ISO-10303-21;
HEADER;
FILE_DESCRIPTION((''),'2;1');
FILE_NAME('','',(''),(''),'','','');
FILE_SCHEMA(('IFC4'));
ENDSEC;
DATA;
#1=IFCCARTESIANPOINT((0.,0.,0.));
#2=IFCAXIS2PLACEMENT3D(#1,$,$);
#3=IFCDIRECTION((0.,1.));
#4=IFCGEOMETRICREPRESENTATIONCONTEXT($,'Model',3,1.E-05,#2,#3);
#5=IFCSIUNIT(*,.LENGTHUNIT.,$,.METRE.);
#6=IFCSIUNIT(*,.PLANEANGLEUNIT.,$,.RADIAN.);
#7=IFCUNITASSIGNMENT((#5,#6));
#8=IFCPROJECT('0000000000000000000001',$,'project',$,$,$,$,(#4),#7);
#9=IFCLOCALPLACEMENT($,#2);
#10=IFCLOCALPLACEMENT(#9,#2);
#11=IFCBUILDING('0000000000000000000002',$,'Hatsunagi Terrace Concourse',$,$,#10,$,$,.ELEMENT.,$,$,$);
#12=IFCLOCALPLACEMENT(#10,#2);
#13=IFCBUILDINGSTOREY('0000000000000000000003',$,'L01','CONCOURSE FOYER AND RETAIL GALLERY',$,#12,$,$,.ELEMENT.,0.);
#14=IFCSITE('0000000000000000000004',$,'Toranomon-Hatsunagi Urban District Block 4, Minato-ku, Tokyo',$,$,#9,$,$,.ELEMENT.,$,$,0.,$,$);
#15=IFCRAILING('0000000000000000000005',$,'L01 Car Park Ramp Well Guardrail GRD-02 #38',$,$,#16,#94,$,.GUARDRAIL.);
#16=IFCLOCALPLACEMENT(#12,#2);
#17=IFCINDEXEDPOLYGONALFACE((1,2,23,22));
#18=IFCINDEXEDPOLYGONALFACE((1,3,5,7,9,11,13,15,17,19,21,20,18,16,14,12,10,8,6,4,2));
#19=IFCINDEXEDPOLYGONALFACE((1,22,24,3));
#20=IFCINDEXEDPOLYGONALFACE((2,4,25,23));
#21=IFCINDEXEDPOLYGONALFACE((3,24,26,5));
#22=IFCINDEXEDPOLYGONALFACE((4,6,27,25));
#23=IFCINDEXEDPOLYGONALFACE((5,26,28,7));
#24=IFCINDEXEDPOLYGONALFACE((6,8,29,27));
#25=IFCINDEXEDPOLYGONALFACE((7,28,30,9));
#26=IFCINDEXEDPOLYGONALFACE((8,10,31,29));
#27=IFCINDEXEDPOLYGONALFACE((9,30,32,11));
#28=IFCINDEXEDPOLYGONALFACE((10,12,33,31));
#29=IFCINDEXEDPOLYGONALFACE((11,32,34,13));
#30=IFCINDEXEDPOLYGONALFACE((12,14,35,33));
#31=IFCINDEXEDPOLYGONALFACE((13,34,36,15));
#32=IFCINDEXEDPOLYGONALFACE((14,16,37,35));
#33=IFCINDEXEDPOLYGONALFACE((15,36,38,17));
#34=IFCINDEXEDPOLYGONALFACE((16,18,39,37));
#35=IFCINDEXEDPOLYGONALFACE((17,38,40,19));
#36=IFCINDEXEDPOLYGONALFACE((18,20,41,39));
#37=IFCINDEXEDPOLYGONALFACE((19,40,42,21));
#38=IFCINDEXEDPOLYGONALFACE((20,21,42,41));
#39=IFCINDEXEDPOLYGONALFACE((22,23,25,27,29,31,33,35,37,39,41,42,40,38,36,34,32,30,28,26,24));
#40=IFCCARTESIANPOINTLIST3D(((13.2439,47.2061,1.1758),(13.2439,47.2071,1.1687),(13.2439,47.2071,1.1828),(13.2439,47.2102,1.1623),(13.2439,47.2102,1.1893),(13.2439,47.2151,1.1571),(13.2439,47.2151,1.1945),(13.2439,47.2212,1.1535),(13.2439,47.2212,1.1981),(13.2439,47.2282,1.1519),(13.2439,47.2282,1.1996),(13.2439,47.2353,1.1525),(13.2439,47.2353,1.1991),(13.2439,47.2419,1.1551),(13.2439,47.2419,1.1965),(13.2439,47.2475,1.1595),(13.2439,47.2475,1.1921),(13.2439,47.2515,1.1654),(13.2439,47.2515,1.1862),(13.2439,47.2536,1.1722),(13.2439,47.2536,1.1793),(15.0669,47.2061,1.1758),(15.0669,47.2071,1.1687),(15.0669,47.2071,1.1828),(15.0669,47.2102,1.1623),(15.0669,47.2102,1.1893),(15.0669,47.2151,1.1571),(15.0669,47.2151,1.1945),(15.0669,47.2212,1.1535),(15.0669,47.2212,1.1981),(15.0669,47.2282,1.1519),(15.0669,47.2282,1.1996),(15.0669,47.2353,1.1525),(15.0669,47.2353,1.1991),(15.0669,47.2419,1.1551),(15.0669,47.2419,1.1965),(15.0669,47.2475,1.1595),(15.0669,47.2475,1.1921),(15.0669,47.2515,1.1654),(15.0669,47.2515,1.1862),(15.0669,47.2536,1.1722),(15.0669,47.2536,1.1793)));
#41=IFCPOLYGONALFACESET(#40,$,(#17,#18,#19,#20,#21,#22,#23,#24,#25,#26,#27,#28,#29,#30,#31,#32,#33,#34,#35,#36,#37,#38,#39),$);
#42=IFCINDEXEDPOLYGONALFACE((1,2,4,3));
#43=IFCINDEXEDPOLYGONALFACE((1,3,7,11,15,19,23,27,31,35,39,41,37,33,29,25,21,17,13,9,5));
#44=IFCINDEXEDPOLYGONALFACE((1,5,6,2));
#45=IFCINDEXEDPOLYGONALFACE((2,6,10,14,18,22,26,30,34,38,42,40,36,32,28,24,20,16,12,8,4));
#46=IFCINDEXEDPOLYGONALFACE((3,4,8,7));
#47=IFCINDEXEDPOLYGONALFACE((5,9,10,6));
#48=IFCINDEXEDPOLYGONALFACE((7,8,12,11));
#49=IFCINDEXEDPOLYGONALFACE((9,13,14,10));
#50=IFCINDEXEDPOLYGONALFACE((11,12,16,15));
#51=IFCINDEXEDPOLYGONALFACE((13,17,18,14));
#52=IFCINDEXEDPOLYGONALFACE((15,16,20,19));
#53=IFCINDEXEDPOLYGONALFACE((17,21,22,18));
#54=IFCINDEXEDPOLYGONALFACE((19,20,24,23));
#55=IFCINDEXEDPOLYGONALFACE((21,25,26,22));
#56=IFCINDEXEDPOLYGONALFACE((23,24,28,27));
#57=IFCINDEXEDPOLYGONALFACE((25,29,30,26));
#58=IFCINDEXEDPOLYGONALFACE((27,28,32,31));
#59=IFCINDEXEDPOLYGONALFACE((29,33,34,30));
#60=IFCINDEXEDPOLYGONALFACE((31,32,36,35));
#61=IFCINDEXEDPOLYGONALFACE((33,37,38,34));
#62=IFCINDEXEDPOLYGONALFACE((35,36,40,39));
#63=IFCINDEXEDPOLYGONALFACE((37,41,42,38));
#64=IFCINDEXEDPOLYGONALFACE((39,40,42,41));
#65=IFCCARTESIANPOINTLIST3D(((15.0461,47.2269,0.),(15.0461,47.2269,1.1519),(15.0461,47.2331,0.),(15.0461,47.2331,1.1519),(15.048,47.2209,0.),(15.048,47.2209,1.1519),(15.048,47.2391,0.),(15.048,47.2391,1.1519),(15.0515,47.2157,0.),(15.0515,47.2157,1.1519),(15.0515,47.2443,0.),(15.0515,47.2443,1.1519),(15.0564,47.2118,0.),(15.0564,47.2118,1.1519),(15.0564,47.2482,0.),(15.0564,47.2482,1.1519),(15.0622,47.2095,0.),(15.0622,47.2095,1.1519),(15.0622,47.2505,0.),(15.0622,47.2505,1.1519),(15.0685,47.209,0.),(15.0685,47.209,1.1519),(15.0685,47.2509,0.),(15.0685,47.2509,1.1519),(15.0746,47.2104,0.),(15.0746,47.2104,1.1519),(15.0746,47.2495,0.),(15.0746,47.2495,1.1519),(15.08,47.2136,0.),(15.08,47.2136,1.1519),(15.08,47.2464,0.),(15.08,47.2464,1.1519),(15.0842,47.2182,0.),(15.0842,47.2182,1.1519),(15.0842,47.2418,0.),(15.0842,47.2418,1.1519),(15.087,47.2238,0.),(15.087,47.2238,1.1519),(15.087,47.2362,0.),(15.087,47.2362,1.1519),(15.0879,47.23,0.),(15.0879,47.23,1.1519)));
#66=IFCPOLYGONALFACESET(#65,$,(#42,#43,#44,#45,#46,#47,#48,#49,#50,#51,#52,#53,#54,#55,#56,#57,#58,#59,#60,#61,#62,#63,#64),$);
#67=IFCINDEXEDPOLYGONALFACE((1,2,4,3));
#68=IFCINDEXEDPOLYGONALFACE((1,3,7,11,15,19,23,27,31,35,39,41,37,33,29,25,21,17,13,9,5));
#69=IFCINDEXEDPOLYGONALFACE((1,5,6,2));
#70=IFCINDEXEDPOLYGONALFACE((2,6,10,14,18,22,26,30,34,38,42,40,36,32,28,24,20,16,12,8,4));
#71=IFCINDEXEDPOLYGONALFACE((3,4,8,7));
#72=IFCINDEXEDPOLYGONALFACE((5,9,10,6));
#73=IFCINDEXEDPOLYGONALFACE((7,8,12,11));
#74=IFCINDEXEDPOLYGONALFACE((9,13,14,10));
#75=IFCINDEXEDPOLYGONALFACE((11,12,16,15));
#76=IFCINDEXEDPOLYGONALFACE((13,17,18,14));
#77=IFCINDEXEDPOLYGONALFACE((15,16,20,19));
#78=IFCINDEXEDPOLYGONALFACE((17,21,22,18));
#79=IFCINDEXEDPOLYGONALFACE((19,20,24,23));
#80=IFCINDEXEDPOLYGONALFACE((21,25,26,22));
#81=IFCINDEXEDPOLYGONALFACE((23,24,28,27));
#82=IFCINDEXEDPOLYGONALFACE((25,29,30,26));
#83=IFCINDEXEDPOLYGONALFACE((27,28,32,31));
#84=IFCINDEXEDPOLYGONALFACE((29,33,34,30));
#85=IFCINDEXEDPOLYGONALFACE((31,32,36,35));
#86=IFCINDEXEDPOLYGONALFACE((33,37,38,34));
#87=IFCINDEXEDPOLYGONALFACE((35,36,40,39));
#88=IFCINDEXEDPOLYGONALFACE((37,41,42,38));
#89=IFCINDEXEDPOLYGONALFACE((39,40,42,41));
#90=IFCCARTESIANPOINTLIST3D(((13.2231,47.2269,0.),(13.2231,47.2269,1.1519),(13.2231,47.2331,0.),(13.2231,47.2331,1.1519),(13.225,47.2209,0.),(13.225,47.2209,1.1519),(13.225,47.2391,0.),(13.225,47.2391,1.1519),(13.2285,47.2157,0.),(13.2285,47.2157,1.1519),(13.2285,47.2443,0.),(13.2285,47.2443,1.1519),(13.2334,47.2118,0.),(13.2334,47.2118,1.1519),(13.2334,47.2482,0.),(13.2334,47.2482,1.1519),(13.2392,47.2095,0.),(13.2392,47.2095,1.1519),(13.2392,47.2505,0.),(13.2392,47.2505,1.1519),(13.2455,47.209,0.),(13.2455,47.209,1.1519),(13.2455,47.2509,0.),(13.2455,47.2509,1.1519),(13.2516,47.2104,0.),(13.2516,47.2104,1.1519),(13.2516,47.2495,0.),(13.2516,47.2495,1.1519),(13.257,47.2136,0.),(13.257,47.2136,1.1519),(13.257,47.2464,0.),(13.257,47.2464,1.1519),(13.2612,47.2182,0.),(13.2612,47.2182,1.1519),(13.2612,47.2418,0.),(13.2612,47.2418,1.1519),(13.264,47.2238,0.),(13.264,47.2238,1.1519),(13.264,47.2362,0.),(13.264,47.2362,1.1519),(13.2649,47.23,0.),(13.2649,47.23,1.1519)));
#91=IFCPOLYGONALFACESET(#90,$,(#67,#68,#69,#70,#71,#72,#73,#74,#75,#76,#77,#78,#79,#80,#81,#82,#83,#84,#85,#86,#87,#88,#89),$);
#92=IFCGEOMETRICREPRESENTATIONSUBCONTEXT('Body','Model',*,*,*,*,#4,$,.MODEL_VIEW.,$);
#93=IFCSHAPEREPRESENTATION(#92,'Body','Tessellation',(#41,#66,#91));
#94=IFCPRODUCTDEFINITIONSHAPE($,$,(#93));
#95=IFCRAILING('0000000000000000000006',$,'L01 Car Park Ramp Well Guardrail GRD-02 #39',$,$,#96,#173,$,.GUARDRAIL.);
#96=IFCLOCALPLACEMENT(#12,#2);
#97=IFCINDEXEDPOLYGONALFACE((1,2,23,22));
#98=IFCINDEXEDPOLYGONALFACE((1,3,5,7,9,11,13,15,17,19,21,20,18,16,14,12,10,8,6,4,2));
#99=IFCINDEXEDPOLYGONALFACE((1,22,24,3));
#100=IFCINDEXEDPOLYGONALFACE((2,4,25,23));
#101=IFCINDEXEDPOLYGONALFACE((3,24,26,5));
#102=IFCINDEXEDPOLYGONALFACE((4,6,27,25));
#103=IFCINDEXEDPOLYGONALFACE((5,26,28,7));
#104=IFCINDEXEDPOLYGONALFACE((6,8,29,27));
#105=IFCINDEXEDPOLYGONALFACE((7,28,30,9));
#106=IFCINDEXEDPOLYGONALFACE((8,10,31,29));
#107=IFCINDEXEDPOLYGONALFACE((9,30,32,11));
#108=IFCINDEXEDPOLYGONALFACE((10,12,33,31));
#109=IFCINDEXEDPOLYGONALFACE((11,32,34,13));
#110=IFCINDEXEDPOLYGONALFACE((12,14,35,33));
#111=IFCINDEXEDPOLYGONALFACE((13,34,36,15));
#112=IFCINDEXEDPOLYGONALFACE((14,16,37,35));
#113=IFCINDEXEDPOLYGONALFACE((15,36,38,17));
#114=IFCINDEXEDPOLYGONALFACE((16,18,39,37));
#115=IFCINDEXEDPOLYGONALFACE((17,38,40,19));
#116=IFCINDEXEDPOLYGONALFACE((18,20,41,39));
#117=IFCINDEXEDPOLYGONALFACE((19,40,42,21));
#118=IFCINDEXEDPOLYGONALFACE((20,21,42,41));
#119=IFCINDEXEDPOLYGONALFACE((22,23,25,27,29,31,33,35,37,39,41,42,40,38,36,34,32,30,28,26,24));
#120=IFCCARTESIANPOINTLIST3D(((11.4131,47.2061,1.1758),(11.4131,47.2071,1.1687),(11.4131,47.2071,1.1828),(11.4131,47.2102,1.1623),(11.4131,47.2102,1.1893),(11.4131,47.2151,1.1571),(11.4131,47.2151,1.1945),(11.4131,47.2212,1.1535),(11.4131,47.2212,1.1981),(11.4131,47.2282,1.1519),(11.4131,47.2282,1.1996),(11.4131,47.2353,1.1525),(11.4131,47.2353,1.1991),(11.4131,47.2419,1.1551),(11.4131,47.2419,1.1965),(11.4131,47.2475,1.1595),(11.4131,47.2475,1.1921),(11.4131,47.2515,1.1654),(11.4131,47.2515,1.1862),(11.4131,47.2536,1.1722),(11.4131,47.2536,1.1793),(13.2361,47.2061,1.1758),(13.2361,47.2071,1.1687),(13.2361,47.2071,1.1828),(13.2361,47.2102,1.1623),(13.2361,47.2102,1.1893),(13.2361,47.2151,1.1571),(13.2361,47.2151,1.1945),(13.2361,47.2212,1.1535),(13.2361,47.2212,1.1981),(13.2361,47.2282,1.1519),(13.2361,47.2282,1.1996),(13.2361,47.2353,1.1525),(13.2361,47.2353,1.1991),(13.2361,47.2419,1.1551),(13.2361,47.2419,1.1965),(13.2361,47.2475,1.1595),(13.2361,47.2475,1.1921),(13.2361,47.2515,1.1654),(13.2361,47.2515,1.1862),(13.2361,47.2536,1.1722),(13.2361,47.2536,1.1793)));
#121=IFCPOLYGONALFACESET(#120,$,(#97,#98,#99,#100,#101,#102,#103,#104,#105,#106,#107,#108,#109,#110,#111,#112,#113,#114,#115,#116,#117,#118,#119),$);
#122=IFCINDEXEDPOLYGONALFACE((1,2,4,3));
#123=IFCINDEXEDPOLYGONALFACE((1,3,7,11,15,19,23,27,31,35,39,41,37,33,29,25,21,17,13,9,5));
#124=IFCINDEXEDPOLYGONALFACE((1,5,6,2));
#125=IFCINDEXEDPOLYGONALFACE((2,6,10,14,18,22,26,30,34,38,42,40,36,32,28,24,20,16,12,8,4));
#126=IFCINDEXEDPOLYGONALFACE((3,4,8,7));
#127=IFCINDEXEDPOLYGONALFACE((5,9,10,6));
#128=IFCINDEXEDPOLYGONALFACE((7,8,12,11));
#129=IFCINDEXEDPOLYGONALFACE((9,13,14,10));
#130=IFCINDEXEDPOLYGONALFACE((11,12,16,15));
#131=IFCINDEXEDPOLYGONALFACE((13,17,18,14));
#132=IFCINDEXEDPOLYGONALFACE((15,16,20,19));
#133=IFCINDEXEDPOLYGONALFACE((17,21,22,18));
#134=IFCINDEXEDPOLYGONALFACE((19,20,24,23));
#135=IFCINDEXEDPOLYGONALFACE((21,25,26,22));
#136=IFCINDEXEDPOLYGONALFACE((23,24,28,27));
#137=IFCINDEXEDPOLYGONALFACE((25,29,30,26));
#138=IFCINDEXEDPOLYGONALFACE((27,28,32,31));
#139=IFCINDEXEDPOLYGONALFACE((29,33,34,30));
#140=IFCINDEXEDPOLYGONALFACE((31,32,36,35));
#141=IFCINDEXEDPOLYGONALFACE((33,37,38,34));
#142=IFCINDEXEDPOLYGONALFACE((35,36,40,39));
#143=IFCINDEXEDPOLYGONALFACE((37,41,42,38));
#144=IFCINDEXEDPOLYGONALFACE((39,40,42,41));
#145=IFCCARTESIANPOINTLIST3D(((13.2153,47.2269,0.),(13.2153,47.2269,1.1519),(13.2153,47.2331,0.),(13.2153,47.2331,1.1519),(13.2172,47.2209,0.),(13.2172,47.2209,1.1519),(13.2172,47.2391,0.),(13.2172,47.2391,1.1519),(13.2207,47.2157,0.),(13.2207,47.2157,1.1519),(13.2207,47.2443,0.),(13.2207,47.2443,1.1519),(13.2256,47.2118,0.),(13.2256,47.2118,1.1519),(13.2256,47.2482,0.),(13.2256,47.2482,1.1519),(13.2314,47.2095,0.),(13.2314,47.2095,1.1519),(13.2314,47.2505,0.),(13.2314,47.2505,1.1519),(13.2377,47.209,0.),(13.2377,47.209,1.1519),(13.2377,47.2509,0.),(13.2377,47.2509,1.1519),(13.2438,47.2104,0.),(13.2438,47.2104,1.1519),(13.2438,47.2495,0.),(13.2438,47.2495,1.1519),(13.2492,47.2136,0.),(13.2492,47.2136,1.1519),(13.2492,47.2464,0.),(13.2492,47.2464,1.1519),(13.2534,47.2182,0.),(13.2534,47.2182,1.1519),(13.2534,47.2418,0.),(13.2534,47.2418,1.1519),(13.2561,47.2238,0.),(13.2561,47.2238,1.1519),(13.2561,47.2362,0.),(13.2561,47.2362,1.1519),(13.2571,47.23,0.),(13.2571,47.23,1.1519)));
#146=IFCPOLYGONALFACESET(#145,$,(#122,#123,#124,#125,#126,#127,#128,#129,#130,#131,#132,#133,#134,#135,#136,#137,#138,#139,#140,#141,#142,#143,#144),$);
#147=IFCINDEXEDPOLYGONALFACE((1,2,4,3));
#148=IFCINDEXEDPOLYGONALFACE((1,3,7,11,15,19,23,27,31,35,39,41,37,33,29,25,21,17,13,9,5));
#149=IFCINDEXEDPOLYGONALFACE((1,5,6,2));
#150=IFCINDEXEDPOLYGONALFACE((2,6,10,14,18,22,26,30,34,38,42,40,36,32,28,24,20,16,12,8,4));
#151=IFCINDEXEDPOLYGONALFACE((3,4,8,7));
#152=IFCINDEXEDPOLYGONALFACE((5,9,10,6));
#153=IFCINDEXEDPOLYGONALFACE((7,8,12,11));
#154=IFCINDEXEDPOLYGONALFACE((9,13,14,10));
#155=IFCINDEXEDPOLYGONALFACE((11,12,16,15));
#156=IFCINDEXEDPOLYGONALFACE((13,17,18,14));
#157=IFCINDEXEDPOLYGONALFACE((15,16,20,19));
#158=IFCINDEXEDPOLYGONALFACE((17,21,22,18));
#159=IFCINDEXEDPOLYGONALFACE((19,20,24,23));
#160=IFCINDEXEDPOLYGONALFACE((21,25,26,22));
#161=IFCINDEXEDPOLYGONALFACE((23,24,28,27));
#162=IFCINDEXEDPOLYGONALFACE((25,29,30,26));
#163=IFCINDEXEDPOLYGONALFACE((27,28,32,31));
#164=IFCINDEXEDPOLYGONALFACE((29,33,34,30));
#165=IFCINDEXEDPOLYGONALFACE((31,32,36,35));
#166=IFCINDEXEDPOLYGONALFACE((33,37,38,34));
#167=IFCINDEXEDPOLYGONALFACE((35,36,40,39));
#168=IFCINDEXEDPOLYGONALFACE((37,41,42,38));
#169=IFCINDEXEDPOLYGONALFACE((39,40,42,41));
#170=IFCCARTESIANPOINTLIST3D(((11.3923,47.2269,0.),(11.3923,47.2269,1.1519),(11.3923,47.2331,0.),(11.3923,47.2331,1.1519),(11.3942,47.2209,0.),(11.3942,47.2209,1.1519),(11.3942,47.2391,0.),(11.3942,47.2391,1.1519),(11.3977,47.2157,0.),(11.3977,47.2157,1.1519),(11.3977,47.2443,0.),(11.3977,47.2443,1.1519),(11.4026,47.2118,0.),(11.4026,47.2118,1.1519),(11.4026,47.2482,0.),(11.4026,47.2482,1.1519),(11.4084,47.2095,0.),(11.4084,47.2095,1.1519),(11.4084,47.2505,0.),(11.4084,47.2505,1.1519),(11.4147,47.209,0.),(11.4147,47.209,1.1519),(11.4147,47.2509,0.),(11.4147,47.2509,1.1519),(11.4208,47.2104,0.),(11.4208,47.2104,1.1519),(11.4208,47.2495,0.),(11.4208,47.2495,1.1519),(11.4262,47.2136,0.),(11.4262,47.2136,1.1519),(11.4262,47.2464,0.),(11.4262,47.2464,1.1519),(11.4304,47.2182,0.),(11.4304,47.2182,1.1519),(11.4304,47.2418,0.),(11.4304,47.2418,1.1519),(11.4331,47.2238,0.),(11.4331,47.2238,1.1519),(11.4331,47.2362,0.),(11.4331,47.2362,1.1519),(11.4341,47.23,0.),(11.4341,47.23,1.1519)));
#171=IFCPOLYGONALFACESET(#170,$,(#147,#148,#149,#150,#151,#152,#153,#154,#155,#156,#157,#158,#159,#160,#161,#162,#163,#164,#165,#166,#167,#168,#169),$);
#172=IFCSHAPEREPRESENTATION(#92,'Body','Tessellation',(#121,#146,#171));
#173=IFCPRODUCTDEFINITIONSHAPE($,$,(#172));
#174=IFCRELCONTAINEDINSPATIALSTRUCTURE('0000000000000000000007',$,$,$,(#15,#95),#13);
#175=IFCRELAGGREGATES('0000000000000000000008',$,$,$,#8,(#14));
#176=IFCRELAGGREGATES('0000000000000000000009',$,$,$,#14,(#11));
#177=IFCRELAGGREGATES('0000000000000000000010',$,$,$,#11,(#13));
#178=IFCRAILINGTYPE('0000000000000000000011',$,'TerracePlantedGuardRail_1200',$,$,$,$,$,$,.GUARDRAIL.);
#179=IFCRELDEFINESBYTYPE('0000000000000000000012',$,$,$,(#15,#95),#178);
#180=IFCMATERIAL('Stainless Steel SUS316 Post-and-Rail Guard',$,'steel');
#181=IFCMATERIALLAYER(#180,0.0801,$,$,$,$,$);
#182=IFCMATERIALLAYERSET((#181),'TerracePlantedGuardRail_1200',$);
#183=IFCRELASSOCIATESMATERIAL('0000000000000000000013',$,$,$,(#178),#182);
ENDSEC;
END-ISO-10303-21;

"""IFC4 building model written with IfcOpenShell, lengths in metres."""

from ifc_helpers import new_model, si_unit, direction, frame, origin, origin_2d, place, context, subcontext, project, spatial, circle, extrude, material, layer, layer_set, type_object, element, save


model = new_model("IFC4")

# Units and contexts
model_context = context("Model", 3, precision=1e-05, world=origin(), true_north=direction((0.0, 1.0)))
body_context = subcontext(model_context, "Body", "Model", "MODEL_VIEW")
ifc_project = project(units=[si_unit("LENGTHUNIT", "METRE"), si_unit("PLANEANGLEUNIT", "RADIAN")], contexts=[model_context])

# Site, building, storey
site_placement = place(None, origin())
site = spatial("IfcSite", under=ifc_project, at=site_placement, Name="Toranomon-Hatsunagi Urban District Block 4, Minato-ku, Tokyo", CompositionType="ELEMENT", RefElevation=0.0)
building_placement = place(site_placement, origin())
building = spatial("IfcBuilding", under=site, at=building_placement, Name="Hatsunagi Terrace Concourse", CompositionType="ELEMENT")
storey_placement = place(building_placement, origin())
storey = spatial("IfcBuildingStorey", under=building, at=storey_placement, Name="L01", Description="CONCOURSE FOYER AND RETAIL GALLERY", CompositionType="ELEMENT", Elevation=0.0)

# Railings
ifc_material_1 = material(Name="Stainless Steel SUS316 Post-and-Rail Guard", Category="steel")
ifc_layer_1 = layer(ifc_material_1, 0.0801)
ifc_layer_set_1 = layer_set([ifc_layer_1], Name="TerracePlantedGuardRail_1200")
railing_type_1 = type_object("IfcRailingType", Name="TerracePlantedGuardRail_1200", PredefinedType="GUARDRAIL", material=ifc_layer_set_1)
for number, where, name in (
    (1, (15.0669, 47.23, 0.0), "L01 Car Park Ramp Well Guardrail GRD-02 #38"),
    (2, (13.2361, 47.23, 0.0), "L01 Car Park Ramp Well Guardrail GRD-02 #39"),
):
    element("IfcRailing", number, at=place(storey_placement, frame(where)), inside=storey, type_object=railing_type_1, Name=name, PredefinedType="GUARDRAIL", context=body_context, shape_type="SweptSolid", body=[
        extrude(circle(Radius=0.0239, at=origin_2d()), frame((0.0, 0.0, 1.1758), z_axis=(-1.0, 0.0, 0.0), x_axis=(0.0, -1.0, 0.0)), (0.0, 0.0, 1.0), 1.823),
        extrude(circle(Radius=0.021, at=origin_2d()), origin(), (0.0, 0.0, 1.0), 1.1519),
        extrude(circle(Radius=0.021, at=origin_2d()), frame((-1.823, 0.0, 0.0)), (0.0, 0.0, 1.0), 1.1519),
    ])

save(model, "model.ifc")
